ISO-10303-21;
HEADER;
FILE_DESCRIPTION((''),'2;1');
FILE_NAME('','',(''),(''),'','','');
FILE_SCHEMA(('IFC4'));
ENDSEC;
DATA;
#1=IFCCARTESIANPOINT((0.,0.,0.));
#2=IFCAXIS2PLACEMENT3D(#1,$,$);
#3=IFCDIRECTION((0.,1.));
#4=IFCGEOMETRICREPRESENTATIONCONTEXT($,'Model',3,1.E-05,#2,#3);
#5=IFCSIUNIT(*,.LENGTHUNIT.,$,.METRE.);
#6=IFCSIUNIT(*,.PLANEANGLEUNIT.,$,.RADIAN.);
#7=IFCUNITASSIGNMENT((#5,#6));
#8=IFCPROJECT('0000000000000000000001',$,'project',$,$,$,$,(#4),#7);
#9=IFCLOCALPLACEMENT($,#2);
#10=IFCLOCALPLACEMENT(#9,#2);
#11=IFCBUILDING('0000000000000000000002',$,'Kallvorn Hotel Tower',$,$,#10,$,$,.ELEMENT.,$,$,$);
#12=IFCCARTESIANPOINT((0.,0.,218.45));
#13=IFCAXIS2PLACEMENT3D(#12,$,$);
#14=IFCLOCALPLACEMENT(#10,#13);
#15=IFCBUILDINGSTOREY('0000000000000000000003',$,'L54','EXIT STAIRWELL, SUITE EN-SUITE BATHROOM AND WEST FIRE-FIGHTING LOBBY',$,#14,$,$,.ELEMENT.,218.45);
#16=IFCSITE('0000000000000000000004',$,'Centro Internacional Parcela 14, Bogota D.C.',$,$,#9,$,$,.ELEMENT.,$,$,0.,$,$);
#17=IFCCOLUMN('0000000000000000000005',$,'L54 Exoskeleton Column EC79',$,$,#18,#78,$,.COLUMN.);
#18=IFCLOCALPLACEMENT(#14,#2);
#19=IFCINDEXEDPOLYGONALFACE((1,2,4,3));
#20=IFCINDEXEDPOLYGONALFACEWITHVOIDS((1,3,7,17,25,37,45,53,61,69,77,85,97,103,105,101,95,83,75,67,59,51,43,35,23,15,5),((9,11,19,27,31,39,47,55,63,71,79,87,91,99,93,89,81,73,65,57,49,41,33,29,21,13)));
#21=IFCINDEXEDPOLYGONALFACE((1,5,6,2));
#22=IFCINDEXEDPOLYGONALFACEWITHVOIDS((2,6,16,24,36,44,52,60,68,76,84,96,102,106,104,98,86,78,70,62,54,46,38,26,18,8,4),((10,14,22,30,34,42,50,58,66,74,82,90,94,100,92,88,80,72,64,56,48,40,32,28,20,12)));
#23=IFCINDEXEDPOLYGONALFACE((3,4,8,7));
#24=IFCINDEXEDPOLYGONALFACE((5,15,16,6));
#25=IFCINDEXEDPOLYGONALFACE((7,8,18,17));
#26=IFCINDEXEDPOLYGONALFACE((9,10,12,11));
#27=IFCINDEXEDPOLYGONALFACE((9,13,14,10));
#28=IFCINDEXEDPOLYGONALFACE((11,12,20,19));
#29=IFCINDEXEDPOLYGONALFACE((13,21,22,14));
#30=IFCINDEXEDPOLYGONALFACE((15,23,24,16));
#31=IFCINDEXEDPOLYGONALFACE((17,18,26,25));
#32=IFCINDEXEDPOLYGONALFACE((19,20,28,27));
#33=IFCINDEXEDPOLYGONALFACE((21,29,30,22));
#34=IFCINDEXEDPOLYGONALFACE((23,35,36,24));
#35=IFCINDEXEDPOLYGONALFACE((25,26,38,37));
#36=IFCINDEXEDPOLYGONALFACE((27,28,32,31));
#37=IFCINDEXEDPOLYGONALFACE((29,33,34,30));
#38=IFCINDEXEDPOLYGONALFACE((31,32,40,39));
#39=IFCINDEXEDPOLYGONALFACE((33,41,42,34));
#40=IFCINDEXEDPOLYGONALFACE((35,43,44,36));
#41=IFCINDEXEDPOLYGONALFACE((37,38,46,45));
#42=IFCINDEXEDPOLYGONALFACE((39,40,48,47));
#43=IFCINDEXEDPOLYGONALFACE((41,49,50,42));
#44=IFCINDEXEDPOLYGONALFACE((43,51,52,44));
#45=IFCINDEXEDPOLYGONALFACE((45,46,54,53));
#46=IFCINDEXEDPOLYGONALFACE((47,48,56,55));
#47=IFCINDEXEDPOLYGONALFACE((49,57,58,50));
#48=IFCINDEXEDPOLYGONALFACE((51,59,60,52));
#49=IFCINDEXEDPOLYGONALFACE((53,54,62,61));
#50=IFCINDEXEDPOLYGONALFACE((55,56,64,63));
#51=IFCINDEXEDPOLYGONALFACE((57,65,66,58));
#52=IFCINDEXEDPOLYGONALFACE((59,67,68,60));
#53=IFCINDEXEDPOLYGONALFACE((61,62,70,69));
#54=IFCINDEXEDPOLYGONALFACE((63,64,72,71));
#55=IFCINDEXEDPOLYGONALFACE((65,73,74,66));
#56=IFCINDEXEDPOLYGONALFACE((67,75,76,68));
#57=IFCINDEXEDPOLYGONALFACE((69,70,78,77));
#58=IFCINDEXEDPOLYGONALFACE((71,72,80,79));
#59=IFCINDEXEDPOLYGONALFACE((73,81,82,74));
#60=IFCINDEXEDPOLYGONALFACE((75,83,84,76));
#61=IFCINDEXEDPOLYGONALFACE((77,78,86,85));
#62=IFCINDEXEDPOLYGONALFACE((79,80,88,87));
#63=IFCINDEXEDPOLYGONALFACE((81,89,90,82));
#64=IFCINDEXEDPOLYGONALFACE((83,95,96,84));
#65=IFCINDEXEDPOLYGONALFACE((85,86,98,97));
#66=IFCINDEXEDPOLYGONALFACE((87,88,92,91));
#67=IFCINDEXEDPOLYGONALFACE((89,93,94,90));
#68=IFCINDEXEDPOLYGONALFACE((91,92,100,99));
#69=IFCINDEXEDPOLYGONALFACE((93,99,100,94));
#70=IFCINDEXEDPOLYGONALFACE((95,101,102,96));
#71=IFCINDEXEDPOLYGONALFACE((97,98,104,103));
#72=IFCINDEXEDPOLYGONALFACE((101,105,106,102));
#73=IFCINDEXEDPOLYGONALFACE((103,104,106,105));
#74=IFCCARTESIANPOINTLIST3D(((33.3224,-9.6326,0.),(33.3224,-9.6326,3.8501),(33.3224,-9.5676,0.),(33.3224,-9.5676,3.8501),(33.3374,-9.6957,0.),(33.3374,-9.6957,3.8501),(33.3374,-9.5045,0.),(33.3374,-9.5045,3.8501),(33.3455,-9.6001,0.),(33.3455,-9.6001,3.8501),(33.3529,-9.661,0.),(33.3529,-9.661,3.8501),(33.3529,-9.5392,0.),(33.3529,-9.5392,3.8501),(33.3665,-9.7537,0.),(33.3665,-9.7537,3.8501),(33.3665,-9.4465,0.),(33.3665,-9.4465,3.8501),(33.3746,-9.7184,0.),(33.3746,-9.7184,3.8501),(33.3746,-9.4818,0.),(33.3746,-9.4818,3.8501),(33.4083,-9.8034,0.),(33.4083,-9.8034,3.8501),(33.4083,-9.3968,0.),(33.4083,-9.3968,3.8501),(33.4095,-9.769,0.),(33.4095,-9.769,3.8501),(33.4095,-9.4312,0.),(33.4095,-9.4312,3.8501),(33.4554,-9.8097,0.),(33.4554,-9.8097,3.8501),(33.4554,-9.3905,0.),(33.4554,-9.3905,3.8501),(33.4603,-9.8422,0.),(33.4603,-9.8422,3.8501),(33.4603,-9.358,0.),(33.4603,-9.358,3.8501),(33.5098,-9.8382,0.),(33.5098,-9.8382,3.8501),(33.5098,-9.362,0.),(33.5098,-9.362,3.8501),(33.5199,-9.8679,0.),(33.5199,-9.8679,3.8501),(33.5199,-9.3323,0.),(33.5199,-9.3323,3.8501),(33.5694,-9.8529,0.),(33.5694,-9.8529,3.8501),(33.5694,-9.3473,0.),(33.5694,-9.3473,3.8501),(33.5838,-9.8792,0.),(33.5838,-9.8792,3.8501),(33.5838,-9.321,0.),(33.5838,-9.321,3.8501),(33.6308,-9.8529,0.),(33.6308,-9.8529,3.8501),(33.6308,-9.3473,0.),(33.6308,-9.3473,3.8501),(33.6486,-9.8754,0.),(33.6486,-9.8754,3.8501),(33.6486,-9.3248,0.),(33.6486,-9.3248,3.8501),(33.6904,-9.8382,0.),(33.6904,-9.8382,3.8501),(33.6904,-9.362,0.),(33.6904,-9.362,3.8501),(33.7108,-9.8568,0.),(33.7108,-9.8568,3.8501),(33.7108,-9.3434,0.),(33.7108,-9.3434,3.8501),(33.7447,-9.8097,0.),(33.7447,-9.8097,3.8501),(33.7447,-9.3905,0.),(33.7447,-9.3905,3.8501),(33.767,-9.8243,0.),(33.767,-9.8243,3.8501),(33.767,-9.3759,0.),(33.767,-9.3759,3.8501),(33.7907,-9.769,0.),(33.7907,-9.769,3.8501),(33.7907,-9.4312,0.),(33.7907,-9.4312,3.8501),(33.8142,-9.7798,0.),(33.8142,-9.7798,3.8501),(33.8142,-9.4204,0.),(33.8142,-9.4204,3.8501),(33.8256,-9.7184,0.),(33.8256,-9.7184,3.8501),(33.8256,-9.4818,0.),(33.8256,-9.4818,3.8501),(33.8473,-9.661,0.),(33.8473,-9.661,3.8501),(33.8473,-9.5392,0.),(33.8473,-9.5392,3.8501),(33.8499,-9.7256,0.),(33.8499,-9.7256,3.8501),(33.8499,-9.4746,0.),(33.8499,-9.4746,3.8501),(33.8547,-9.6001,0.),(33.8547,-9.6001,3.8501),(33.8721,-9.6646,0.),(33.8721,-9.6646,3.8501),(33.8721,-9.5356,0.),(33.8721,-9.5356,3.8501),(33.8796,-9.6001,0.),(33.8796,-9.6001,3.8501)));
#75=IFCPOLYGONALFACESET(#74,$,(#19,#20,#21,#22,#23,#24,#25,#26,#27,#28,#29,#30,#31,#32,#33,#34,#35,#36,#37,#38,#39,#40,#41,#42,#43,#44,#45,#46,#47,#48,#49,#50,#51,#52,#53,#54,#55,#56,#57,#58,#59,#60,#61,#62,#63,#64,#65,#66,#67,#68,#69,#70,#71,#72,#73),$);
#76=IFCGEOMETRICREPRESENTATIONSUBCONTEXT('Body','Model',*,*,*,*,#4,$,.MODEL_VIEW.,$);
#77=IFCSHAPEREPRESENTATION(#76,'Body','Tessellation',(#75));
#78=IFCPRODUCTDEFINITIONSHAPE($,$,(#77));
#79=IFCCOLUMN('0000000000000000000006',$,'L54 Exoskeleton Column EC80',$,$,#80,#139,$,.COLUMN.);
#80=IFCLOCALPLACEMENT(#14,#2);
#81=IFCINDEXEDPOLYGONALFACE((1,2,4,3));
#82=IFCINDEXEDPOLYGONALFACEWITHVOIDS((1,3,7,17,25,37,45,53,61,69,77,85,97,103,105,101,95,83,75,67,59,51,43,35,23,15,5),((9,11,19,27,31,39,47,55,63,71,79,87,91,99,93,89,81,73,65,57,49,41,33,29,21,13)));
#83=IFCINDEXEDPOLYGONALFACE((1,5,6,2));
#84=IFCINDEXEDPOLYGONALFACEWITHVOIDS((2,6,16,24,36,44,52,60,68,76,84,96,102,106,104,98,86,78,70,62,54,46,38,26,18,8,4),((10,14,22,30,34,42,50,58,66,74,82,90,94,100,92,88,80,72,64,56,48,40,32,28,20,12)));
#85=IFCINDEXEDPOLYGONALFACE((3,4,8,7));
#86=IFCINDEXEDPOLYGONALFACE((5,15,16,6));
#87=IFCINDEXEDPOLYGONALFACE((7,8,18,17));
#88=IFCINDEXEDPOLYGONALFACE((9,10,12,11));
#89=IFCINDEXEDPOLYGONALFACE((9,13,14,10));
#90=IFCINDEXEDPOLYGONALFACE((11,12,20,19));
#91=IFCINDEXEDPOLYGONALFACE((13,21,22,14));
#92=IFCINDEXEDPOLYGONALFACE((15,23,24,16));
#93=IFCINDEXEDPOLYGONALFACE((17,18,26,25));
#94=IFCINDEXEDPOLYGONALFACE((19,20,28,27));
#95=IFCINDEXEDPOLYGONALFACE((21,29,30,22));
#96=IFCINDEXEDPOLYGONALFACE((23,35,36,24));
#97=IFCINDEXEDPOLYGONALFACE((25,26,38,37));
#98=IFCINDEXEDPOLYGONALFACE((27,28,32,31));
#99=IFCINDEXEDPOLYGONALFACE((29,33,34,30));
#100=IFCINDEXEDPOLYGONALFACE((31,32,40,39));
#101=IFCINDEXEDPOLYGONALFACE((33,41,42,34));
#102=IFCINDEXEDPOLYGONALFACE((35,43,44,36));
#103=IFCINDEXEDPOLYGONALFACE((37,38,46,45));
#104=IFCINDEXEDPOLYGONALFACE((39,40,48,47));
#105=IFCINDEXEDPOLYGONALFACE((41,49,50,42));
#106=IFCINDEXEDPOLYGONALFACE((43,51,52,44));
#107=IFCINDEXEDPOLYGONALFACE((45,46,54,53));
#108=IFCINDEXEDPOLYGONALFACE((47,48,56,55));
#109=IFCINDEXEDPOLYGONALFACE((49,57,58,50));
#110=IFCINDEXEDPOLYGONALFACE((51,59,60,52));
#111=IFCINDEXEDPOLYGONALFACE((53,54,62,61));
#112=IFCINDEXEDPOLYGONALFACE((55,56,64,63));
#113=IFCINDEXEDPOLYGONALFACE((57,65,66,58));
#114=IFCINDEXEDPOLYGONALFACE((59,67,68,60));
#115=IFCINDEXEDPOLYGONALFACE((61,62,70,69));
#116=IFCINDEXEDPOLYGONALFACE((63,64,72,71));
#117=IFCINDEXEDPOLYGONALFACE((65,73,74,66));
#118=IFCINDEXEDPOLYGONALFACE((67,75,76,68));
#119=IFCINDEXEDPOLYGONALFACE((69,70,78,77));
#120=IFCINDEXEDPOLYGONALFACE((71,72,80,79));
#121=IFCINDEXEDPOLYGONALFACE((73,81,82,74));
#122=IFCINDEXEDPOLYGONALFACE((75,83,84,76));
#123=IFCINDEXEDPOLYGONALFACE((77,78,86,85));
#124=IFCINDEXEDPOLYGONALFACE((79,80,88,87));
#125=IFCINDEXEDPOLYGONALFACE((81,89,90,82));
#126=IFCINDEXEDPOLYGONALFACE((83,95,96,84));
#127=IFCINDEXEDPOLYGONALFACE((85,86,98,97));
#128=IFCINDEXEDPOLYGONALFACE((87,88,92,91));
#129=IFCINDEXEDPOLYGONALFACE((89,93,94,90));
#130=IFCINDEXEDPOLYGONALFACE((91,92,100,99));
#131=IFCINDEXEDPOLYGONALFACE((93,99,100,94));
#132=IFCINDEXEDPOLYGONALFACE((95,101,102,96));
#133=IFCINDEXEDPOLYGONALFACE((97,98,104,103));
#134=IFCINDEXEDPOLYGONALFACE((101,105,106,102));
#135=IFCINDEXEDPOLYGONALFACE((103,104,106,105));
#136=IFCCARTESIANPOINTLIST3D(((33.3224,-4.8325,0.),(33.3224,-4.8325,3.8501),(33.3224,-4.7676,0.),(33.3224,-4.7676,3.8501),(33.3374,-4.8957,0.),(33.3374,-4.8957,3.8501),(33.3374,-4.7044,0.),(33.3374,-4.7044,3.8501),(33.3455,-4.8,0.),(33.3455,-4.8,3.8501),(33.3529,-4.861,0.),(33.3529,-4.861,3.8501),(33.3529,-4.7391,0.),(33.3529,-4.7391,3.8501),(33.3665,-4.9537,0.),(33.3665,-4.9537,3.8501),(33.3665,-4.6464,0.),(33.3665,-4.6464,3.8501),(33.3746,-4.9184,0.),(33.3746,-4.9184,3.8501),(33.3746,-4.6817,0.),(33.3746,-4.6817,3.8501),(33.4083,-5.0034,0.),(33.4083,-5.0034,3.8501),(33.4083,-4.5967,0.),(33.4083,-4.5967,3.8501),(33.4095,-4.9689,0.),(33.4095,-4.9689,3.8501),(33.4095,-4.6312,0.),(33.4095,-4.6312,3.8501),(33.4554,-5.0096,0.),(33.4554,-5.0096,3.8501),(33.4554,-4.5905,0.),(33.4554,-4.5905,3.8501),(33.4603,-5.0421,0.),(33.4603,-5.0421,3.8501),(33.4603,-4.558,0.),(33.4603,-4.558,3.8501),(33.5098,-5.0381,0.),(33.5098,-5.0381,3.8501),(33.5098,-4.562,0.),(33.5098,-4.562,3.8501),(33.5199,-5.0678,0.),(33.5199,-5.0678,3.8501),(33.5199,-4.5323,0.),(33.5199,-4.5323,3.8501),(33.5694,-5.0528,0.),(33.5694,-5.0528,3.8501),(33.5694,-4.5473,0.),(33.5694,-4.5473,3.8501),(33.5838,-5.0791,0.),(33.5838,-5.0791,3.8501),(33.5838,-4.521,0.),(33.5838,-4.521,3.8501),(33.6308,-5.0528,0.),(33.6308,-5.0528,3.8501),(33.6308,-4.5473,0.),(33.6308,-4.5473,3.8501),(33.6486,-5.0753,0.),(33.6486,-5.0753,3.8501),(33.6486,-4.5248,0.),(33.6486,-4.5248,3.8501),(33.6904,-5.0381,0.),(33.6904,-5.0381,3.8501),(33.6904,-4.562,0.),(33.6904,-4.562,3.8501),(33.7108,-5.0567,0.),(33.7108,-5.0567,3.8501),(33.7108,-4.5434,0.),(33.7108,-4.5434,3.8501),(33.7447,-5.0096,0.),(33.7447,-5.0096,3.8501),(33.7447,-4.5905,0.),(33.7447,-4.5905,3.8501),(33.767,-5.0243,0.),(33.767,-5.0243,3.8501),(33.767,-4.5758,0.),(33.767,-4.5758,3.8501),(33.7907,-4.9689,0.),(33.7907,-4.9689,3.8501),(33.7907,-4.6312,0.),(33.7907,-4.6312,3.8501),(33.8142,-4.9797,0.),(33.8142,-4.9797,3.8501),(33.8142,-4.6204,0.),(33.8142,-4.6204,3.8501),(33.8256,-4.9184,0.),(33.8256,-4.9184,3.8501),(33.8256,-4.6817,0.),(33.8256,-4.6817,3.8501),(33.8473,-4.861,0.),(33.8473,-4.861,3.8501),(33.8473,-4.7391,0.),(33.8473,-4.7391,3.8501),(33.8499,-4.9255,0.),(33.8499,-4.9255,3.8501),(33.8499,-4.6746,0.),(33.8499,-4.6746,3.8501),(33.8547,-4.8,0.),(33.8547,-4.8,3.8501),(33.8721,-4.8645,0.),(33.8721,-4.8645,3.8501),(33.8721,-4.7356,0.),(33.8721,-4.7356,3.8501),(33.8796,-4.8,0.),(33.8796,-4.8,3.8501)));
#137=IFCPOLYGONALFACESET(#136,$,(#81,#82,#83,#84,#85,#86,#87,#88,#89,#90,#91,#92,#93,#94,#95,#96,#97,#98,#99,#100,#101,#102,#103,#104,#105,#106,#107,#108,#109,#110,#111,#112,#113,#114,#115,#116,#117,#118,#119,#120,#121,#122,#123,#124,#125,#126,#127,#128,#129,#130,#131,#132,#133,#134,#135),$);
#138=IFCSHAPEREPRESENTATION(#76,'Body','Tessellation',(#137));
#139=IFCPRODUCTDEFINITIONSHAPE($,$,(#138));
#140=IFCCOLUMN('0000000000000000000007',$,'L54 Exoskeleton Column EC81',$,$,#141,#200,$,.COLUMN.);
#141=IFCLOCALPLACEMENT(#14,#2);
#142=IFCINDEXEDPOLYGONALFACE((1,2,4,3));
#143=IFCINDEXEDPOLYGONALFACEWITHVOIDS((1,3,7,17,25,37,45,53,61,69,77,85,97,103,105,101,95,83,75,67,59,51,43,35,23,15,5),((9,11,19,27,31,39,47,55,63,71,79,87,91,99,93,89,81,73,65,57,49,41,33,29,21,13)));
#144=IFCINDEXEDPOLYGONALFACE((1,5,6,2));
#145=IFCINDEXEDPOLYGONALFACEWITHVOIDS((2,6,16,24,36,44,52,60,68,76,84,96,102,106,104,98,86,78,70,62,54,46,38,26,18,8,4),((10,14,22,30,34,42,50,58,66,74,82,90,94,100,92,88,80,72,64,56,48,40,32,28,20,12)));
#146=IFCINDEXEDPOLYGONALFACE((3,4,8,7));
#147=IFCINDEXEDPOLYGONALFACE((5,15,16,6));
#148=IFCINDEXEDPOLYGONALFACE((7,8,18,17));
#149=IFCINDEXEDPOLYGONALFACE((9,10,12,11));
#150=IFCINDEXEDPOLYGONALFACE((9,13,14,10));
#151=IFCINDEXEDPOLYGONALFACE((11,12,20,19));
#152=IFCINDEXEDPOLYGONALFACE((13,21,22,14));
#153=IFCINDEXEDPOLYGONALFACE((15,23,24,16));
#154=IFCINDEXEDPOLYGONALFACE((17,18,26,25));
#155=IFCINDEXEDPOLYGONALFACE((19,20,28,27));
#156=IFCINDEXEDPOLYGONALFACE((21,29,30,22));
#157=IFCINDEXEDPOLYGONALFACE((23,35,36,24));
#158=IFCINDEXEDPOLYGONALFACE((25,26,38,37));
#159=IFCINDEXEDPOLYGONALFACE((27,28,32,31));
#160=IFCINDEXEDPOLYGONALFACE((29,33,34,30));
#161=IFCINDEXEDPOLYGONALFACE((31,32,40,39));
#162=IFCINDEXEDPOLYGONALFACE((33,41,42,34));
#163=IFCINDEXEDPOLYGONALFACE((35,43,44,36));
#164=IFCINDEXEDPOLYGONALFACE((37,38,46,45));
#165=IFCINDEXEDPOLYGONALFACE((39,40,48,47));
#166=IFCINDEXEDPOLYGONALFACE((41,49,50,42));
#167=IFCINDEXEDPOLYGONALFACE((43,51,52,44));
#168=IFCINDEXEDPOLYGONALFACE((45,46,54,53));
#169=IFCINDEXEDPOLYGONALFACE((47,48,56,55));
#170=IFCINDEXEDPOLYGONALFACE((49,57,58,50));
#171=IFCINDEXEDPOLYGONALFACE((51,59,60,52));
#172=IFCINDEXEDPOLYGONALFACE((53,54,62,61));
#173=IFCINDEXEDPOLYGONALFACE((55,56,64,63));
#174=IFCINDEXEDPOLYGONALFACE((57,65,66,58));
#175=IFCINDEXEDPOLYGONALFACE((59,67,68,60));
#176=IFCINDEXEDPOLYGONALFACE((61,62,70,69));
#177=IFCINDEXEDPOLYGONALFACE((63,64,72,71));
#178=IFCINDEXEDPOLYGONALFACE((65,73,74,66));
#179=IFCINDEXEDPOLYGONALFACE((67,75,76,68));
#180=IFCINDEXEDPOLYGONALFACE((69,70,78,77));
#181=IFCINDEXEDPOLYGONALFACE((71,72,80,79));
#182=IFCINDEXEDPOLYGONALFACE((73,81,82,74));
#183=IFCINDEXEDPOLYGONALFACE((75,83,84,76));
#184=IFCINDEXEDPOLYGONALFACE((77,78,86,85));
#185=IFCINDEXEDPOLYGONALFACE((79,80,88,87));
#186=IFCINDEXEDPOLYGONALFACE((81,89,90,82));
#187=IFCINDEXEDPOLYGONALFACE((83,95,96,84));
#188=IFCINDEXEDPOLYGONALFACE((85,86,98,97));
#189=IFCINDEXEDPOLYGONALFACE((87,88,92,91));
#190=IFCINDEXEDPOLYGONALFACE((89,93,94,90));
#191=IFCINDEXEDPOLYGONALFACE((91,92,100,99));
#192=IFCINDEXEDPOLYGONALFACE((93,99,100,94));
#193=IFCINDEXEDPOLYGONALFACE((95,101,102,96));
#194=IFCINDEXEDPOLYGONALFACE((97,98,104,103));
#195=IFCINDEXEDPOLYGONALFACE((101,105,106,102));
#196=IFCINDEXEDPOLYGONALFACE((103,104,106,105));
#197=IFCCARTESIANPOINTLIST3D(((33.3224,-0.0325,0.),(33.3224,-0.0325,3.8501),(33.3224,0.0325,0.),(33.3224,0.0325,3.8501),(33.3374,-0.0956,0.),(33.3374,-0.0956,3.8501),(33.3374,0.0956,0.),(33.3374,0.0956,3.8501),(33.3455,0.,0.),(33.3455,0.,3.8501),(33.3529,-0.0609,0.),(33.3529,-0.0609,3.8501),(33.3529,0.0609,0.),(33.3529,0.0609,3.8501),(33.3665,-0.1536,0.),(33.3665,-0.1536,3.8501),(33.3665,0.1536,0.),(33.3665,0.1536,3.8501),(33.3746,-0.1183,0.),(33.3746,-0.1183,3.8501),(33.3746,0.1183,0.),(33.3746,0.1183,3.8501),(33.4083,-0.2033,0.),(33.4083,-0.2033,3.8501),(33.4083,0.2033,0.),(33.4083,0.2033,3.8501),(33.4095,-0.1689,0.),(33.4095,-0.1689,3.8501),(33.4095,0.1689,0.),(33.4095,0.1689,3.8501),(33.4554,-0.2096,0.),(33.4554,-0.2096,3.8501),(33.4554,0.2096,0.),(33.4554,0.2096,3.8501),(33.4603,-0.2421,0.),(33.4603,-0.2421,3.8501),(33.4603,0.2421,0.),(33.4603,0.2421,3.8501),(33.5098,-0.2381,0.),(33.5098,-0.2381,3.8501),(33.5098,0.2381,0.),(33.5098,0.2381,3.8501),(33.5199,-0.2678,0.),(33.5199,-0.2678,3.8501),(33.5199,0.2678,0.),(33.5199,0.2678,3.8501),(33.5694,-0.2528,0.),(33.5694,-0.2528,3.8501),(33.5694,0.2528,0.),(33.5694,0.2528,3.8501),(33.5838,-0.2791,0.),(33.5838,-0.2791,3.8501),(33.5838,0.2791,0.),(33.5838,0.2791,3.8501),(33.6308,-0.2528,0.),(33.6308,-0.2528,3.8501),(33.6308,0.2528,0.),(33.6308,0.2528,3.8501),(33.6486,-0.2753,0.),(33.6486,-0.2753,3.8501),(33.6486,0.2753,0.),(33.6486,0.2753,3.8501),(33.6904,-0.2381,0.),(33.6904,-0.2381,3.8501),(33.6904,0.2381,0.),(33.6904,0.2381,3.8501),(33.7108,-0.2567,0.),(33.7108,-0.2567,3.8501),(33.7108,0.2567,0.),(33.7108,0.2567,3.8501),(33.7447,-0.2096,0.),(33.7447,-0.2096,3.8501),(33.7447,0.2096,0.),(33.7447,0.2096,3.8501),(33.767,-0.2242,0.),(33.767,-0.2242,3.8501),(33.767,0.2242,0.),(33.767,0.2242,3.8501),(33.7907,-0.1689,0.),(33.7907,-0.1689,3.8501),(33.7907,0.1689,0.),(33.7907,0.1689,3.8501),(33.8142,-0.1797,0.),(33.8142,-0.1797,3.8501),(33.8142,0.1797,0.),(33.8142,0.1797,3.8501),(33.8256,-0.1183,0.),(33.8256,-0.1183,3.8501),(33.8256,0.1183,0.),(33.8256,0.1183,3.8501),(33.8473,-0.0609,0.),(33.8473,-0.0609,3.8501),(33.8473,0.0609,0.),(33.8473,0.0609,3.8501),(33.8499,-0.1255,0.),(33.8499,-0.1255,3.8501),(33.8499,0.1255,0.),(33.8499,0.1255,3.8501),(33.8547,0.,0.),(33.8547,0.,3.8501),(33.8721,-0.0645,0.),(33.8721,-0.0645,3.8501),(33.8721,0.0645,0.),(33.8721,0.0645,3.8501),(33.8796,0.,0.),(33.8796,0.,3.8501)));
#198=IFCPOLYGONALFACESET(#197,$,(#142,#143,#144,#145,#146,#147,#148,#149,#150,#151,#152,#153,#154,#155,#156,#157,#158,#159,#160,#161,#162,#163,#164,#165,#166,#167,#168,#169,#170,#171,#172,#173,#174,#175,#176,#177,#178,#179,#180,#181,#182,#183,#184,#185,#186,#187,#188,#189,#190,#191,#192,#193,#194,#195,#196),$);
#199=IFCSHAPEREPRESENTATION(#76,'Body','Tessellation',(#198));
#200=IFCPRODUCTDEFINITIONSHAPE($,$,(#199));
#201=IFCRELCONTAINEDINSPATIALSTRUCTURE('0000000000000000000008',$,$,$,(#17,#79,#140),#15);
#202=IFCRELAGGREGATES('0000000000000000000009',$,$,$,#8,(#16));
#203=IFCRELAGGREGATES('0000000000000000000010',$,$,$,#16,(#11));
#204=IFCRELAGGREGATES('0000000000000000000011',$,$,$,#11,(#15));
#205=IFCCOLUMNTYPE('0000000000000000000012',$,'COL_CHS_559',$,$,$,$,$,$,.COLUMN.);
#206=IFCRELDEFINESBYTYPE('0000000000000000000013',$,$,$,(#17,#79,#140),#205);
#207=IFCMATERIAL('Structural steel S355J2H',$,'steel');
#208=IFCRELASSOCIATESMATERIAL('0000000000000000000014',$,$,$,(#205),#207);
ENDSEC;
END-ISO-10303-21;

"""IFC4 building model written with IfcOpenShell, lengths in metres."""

from ifc_helpers import new_model, si_unit, direction, frame, origin, origin_2d, place, context, subcontext, project, spatial, hollow_circle, extrude, material, material_profile, profile_set, type_object, element, save


model = new_model("IFC4")

# Units and contexts
model_context = context("Model", 3, precision=1e-05, world=origin(), true_north=direction((0.0, 1.0)))
body_context = subcontext(model_context, "Body", "Model", "MODEL_VIEW")
ifc_project = project(units=[si_unit("LENGTHUNIT", "METRE"), si_unit("PLANEANGLEUNIT", "RADIAN")], contexts=[model_context])

# Site, building, storey
site_placement = place(None, origin())
site = spatial("IfcSite", under=ifc_project, at=site_placement, Name="Centro Internacional Parcela 14, Bogota D.C.", CompositionType="ELEMENT", RefElevation=0.0)
building_placement = place(site_placement, origin())
building = spatial("IfcBuilding", under=site, at=building_placement, Name="Kallvorn Hotel Tower", CompositionType="ELEMENT")
storey_placement = place(building_placement, frame((0.0, 0.0, 218.45)))
storey = spatial("IfcBuildingStorey", under=building, at=storey_placement, Name="L54", Description="EXIT STAIRWELL, SUITE EN-SUITE BATHROOM AND WEST FIRE-FIGHTING LOBBY", CompositionType="ELEMENT", Elevation=218.45)

# Columns
ifc_material_1 = material(Name="Structural steel S355J2H", Category="steel")
ifc_material_profile_1 = material_profile(ifc_material_1, hollow_circle(Radius=0.2795, WallThickness=0.0249, at=origin_2d()), Name="CHS 559x25")
ifc_profile_set_1 = profile_set([ifc_material_profile_1], Name="Structural steel S355J2H")
column_type_1 = type_object("IfcColumnType", Name="COL_CHS_559", PredefinedType="COLUMN", material=ifc_profile_set_1)
for number, where, z_axis, x_axis, name in (
    (1, (33.6001, -9.6001, 0.0), (0.0, 0.0, 1.0), (1.0, 0.0, 0.0), "L54 Exoskeleton Column EC79"),
    (2, (33.6001, -4.8, 0.0), (0.0, 0.0, 1.0), (1.0, 0.0, 0.0), "L54 Exoskeleton Column EC80"),
    (3, (33.6001, 0.0, 0.0), (0.0, 0.0, 1.0), (1.0, 0.0, 0.0), "L54 Exoskeleton Column EC81"),
):
    element("IfcColumn", number, at=place(storey_placement, frame(where, z_axis=z_axis, x_axis=x_axis)), inside=storey, type_object=column_type_1, Name=name, PredefinedType="COLUMN", context=body_context, shape_type="SweptSolid", body=[
        extrude(hollow_circle(Radius=0.2795, WallThickness=0.0249, at=origin_2d()), origin(), (0.0, 0.0, 1.0), 3.8501),
    ])

save(model, "model.ifc")
